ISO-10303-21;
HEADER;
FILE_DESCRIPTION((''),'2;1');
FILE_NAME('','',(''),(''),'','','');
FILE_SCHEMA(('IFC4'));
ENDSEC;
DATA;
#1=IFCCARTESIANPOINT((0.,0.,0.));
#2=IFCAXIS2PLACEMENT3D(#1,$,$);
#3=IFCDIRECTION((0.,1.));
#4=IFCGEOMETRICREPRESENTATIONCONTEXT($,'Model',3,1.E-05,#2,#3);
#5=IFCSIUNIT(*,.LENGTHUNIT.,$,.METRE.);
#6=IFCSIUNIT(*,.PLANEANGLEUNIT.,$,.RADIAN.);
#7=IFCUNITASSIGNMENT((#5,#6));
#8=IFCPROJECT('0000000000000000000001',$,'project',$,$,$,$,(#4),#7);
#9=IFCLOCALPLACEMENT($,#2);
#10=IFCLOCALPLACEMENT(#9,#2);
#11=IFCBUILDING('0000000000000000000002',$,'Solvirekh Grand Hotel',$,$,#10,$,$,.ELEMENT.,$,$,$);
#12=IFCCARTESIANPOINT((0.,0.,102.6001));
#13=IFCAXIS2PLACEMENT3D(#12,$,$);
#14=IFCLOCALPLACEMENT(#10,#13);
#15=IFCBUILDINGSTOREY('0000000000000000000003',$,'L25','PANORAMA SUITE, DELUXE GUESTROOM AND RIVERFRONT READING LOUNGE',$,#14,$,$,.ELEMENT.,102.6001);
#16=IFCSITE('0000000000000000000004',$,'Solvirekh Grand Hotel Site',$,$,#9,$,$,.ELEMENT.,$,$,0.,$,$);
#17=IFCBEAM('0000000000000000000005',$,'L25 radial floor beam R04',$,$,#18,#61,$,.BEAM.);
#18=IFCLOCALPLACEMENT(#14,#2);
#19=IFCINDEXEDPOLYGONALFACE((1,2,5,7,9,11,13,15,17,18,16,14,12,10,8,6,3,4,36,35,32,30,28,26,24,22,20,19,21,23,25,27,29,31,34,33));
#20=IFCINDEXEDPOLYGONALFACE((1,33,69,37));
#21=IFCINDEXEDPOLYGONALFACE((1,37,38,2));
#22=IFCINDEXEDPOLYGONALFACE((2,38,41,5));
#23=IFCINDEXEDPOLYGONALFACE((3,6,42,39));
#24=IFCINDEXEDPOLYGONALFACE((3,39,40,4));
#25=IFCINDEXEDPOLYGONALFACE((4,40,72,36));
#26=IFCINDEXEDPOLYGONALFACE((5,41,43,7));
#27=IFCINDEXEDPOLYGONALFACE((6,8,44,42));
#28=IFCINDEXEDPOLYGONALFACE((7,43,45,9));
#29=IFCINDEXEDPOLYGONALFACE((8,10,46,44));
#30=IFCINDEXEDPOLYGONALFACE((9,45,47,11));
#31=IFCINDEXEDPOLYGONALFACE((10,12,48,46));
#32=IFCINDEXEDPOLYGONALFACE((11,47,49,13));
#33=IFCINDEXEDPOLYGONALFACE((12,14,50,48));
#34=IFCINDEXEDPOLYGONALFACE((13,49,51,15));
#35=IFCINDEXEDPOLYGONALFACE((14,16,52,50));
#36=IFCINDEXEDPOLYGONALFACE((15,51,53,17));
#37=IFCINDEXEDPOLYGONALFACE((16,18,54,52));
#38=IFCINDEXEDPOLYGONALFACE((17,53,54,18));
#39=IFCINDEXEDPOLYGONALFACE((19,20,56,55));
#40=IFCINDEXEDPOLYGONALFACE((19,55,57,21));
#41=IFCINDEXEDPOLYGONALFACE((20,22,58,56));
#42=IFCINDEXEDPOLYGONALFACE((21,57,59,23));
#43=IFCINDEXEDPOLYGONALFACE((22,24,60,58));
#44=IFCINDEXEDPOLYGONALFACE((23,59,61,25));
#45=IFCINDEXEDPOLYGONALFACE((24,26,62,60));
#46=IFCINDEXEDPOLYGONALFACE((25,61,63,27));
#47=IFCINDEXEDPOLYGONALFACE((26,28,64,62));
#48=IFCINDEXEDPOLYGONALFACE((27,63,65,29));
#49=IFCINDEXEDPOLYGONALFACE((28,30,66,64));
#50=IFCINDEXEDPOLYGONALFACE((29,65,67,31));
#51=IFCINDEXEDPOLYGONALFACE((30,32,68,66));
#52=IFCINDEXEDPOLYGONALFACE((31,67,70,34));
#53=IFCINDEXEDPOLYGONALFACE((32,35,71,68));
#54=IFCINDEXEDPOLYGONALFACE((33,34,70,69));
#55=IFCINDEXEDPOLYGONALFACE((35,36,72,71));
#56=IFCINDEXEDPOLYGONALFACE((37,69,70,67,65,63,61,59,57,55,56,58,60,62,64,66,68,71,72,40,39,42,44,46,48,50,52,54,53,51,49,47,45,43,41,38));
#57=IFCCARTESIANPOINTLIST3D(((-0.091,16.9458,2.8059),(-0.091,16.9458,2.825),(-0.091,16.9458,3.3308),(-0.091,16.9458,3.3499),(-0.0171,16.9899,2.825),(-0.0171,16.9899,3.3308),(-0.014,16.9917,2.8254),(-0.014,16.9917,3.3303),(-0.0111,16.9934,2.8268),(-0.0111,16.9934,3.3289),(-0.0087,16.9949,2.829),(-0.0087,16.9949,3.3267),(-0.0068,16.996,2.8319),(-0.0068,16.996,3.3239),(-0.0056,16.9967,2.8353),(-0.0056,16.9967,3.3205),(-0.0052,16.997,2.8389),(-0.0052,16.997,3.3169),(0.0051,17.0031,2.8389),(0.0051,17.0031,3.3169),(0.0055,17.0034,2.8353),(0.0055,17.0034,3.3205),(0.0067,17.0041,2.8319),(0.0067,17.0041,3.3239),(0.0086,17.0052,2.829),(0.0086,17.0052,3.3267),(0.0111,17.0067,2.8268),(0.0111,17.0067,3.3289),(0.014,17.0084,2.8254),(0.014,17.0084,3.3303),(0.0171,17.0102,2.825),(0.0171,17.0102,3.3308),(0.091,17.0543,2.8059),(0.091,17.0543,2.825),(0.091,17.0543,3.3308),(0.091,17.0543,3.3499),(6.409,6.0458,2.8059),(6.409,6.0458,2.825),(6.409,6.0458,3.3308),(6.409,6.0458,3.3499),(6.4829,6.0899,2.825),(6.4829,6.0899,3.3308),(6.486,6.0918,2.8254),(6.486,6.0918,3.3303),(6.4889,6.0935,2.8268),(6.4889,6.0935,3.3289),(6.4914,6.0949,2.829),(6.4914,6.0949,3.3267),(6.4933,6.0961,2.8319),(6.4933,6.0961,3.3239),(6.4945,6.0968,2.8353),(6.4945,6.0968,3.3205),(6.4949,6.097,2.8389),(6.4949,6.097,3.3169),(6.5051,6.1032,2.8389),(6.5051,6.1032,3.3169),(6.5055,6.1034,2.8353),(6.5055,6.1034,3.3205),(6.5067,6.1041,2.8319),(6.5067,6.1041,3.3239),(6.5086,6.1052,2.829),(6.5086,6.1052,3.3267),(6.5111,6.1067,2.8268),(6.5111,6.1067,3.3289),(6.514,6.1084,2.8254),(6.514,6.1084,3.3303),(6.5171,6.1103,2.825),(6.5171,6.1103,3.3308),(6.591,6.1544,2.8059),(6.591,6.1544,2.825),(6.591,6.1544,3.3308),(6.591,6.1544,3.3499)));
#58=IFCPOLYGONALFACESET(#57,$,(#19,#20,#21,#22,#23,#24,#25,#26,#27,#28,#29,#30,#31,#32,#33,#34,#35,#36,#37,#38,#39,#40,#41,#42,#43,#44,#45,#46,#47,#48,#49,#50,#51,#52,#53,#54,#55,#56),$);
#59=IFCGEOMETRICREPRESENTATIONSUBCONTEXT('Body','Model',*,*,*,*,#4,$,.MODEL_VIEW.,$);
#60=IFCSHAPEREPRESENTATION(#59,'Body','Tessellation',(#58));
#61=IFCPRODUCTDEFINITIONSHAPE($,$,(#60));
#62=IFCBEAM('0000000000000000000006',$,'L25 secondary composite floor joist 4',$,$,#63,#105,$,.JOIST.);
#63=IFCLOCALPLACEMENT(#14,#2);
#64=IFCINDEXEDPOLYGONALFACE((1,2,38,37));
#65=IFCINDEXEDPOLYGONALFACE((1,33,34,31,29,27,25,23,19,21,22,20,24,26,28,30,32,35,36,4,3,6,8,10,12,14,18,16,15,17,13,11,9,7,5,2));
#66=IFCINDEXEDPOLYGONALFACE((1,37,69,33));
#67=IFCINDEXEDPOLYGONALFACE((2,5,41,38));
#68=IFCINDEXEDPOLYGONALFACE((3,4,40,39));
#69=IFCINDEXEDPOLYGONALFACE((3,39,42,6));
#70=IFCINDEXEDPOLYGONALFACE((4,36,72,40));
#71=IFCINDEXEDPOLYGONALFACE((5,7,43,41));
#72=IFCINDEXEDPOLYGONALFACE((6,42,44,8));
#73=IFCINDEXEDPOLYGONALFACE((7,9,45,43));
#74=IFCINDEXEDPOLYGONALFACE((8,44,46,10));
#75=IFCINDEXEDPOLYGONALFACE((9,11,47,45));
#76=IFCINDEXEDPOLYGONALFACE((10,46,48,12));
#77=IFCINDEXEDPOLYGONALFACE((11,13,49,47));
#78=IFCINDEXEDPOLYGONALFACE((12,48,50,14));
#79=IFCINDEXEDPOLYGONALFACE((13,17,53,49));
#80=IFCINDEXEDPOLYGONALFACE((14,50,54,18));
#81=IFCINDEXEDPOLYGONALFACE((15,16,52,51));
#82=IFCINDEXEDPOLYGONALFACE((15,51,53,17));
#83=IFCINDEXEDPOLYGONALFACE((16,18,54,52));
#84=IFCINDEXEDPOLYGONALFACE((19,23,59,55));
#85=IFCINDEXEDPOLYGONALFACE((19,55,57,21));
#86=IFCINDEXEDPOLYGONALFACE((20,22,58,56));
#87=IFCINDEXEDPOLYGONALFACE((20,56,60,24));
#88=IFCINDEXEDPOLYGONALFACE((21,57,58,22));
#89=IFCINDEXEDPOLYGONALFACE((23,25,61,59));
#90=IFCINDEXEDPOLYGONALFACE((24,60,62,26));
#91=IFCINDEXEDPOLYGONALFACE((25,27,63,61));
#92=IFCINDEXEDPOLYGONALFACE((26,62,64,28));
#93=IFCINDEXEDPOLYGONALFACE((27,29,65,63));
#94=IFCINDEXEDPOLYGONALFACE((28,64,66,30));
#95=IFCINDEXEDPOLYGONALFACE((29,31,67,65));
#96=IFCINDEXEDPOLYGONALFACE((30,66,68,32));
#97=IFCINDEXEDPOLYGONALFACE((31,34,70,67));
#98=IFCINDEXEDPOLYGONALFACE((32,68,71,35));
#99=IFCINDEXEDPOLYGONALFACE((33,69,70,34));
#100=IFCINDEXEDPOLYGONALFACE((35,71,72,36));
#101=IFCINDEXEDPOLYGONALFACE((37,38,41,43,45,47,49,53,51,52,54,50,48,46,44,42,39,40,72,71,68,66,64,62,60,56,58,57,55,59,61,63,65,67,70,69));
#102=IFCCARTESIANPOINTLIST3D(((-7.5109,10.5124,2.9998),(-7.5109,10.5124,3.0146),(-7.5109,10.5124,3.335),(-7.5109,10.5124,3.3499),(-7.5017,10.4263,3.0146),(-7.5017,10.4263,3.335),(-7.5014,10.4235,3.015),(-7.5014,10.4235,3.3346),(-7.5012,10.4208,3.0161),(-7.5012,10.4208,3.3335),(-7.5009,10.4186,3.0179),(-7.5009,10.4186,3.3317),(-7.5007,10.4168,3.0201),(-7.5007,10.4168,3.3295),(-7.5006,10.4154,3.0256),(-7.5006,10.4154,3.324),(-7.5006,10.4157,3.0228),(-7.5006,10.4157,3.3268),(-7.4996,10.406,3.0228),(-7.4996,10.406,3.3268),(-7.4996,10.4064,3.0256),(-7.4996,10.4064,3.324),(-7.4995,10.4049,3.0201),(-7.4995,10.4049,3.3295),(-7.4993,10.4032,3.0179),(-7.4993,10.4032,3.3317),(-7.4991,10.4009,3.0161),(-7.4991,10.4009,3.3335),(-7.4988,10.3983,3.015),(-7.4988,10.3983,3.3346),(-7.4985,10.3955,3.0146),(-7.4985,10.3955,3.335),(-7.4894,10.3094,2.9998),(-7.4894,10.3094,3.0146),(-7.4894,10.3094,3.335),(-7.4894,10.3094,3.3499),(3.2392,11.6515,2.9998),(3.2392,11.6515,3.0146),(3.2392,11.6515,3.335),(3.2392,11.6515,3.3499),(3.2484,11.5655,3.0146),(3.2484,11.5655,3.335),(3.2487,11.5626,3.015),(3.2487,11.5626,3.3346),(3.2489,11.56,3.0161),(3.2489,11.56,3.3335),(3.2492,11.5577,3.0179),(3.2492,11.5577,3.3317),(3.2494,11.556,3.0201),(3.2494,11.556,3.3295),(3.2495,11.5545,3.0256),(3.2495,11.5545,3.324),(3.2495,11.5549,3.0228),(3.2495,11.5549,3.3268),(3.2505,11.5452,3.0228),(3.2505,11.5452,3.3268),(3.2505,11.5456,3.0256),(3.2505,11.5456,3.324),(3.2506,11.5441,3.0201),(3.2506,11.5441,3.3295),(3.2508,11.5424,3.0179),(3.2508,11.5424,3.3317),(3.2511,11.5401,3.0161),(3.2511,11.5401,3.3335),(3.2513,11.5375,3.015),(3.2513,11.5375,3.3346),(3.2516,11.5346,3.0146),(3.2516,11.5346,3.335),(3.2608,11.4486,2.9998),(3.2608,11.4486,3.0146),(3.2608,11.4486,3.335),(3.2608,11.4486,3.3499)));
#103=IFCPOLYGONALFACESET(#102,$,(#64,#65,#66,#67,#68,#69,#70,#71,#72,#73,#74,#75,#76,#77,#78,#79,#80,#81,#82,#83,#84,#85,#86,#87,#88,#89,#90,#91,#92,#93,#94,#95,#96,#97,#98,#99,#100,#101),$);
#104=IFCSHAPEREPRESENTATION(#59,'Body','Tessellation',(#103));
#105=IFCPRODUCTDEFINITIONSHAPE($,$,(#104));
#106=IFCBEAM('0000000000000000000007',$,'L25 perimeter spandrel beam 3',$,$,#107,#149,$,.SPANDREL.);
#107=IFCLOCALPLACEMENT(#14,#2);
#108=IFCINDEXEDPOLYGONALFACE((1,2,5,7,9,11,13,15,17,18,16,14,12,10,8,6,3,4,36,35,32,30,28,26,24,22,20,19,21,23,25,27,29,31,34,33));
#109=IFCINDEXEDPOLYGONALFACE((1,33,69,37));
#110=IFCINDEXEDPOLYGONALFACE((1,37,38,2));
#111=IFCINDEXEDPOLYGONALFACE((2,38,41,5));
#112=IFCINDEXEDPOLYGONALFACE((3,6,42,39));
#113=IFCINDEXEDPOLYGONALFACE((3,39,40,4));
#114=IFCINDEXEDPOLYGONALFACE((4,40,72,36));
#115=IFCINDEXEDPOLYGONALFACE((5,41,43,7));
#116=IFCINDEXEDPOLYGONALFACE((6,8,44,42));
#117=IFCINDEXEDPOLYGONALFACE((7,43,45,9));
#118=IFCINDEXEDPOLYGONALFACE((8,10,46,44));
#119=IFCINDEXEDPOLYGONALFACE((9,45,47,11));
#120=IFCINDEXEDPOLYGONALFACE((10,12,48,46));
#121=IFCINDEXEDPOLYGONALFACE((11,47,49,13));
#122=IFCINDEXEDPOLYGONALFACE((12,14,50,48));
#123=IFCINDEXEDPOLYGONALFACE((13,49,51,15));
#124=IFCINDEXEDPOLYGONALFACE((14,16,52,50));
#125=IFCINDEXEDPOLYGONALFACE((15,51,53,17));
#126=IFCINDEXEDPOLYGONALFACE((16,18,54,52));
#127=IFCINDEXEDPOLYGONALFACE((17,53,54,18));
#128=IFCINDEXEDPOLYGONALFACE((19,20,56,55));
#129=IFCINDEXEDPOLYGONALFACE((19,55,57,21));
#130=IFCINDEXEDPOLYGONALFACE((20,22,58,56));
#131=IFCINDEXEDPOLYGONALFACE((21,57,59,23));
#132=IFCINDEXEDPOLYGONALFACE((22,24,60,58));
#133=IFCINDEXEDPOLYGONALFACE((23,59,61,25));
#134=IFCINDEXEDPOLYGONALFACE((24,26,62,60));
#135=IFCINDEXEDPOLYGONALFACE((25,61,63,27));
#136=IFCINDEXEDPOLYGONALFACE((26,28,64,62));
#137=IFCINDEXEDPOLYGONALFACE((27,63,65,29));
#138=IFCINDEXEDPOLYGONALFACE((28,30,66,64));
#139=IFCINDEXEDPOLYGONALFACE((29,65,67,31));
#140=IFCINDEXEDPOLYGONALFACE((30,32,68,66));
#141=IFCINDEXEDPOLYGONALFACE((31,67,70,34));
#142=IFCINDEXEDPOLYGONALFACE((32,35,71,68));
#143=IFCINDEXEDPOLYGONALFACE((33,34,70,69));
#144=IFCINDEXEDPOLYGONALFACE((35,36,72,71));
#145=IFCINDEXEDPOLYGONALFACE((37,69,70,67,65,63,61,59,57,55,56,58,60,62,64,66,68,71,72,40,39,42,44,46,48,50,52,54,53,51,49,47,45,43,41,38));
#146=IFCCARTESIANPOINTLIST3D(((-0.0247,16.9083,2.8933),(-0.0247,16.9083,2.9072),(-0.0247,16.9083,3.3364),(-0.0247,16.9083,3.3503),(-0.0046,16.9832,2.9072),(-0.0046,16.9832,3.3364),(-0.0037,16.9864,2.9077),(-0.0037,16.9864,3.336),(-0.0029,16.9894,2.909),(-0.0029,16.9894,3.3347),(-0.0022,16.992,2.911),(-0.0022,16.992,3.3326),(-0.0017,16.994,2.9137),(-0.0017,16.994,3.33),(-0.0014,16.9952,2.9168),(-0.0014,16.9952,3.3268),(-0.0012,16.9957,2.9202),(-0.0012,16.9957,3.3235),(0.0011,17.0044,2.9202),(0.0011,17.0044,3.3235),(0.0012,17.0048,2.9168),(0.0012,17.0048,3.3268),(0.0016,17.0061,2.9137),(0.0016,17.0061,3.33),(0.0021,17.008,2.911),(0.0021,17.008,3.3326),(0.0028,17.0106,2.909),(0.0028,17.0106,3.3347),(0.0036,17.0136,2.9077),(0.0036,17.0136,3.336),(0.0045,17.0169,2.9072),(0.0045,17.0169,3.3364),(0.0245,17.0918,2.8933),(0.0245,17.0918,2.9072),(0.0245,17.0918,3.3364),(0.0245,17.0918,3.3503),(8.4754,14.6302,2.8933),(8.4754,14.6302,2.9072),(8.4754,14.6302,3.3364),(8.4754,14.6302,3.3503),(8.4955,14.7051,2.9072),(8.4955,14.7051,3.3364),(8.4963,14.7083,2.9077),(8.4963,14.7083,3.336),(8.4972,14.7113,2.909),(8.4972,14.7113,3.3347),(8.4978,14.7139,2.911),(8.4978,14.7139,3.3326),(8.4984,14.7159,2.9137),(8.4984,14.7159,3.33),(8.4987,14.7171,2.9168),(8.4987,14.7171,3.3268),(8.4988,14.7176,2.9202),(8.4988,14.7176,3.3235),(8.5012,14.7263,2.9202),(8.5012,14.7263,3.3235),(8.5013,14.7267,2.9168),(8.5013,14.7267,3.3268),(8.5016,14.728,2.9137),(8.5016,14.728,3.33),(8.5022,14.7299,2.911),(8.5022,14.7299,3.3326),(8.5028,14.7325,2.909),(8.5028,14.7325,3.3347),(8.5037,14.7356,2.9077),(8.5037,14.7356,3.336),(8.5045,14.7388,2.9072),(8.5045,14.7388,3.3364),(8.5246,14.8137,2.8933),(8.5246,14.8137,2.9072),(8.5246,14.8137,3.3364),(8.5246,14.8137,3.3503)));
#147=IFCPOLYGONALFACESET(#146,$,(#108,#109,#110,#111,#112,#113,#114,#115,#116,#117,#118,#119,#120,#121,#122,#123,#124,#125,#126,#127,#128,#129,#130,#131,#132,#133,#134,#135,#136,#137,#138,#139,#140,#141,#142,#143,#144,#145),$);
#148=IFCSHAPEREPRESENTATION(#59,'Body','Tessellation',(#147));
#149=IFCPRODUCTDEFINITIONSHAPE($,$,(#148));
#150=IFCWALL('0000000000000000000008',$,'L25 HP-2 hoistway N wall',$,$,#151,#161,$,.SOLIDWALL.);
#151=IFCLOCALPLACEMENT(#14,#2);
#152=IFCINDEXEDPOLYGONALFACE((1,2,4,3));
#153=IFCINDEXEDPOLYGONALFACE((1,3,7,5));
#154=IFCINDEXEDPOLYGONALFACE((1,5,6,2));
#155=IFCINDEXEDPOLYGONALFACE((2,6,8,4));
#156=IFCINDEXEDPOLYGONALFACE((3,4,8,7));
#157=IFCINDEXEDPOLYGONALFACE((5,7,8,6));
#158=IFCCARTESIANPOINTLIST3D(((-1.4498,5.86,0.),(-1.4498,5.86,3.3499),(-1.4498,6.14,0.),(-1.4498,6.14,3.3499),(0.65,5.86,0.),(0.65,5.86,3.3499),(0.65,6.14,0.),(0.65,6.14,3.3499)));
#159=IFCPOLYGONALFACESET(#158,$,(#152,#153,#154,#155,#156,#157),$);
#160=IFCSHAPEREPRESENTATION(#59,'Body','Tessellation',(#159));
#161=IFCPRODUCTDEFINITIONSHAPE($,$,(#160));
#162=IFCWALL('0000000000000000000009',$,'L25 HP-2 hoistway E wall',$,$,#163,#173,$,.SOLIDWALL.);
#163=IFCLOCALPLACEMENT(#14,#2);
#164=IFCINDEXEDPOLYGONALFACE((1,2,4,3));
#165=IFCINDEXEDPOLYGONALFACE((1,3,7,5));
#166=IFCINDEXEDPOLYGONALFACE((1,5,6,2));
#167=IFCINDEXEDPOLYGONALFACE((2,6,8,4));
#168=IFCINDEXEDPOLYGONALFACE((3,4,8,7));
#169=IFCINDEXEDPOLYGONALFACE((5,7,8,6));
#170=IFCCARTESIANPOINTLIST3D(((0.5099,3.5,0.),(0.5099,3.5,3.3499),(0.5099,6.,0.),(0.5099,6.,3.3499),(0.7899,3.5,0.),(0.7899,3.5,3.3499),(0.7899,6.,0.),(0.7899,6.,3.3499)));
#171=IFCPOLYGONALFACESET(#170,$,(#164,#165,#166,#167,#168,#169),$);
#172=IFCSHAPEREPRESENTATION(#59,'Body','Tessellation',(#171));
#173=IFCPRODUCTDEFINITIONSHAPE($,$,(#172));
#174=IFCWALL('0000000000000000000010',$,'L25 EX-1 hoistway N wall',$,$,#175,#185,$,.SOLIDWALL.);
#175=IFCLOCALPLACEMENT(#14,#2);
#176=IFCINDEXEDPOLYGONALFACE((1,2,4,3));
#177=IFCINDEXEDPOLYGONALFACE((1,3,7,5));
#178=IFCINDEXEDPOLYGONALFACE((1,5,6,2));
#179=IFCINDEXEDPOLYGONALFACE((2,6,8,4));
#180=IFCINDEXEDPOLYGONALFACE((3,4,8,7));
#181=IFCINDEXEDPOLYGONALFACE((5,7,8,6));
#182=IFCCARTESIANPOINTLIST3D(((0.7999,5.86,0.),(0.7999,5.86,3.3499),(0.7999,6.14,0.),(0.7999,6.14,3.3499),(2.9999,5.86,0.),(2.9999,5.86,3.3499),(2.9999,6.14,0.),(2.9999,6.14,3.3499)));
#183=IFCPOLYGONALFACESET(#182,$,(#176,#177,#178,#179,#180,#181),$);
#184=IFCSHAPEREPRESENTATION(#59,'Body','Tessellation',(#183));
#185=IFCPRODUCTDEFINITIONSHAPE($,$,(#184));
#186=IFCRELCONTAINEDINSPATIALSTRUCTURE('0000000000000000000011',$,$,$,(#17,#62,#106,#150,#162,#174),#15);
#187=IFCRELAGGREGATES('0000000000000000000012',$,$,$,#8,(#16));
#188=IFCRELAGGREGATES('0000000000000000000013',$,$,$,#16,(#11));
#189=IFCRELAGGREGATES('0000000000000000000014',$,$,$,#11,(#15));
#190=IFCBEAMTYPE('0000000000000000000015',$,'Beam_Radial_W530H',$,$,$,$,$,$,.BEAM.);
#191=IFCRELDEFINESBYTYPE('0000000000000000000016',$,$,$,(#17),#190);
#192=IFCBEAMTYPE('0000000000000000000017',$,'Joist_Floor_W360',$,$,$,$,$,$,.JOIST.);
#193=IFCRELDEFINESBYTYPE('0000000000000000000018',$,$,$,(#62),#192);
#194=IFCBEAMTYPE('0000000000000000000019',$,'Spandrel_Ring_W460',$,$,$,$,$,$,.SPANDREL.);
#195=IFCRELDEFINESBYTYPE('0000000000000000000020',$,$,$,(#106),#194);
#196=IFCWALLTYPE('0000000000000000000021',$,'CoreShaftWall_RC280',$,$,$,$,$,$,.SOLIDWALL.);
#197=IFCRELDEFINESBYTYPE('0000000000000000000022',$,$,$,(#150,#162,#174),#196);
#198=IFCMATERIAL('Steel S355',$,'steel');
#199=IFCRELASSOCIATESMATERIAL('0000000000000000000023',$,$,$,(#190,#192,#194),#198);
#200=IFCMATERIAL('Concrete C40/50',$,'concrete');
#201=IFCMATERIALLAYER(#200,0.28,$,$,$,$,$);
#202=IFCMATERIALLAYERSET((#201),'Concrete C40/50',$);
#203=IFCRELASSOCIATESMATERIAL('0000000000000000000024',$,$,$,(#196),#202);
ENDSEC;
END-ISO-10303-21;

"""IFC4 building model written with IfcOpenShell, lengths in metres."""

from ifc_helpers import new_model, si_unit, direction, frame, frame_2d, origin, origin_2d, place, context, subcontext, project, spatial, rectangle, i_section, extrude, material, layer, layer_set, material_profile, profile_set, type_object, element, save


model = new_model("IFC4")

# Units and contexts
model_context = context("Model", 3, precision=1e-05, world=origin(), true_north=direction((0.0, 1.0)))
body_context = subcontext(model_context, "Body", "Model", "MODEL_VIEW")
ifc_project = project(units=[si_unit("LENGTHUNIT", "METRE"), si_unit("PLANEANGLEUNIT", "RADIAN")], contexts=[model_context])

# Site, building, storey
site_placement = place(None, origin())
site = spatial("IfcSite", under=ifc_project, at=site_placement, Name="Solvirekh Grand Hotel Site", CompositionType="ELEMENT", RefElevation=0.0)
building_placement = place(site_placement, origin())
building = spatial("IfcBuilding", under=site, at=building_placement, Name="Solvirekh Grand Hotel", CompositionType="ELEMENT")
storey_placement = place(building_placement, frame((0.0, 0.0, 102.6001)))
storey = spatial("IfcBuildingStorey", under=building, at=storey_placement, Name="L25", Description="PANORAMA SUITE, DELUXE GUESTROOM AND RIVERFRONT READING LOUNGE", CompositionType="ELEMENT", Elevation=102.6001)

# Beams
ifc_material_1 = material(Name="Steel S355", Category="steel")
ifc_material_profile_1 = material_profile(ifc_material_1, i_section(OverallWidth=0.2119, OverallDepth=0.5439, WebThickness=0.012, FlangeThickness=0.019, FilletRadius=0.0139, at=origin_2d()), Name="W530X123")
ifc_profile_set_1 = profile_set([ifc_material_profile_1], Name="Steel S355")
beam_type_1 = type_object("IfcBeamType", Name="Beam_Radial_W530H", PredefinedType="BEAM", material=ifc_profile_set_1)
beam_1_placement = place(storey_placement, frame((6.5, 6.1001, 3.0779), z_axis=(-0.51218, 0.858878, 0.0), x_axis=(-0.858878, -0.51218, 0.0)))
element("IfcBeam", 1, at=beam_1_placement, inside=storey, type_object=beam_type_1, Name="L25 radial floor beam R04", PredefinedType="BEAM", context=body_context, shape_type="SweptSolid", body=[
    extrude(i_section(OverallWidth=0.2119, OverallDepth=0.5439, WebThickness=0.012, FlangeThickness=0.019, FilletRadius=0.0139, at=origin_2d()), origin(), (0.0, 0.0, 1.0), 12.6909),
])
ifc_material_profile_2 = material_profile(ifc_material_1, i_section(OverallWidth=0.2041, OverallDepth=0.3501, WebThickness=0.009, FlangeThickness=0.0149, FilletRadius=0.011, at=origin_2d()), Name="W360X72")
ifc_profile_set_2 = profile_set([ifc_material_profile_2], Name="Steel S355")
beam_type_2 = type_object("IfcBeamType", Name="Joist_Floor_W360", PredefinedType="JOIST", material=ifc_profile_set_2)
beam_2_placement = place(storey_placement, frame((3.25, 11.55, 3.1748), z_axis=(-0.994432, -0.105378, 0.0), x_axis=(0.105378, -0.994432, 0.0)))
element("IfcBeam", 2, at=beam_2_placement, inside=storey, type_object=beam_type_2, Name="L25 secondary composite floor joist 4", PredefinedType="JOIST", context=body_context, shape_type="SweptSolid", body=[
    extrude(i_section(OverallWidth=0.2041, OverallDepth=0.3501, WebThickness=0.009, FlangeThickness=0.0149, FilletRadius=0.011, at=origin_2d()), origin(), (0.0, 0.0, 1.0), 10.8103),
])
ifc_material_profile_3 = material_profile(ifc_material_1, i_section(OverallWidth=0.1899, OverallDepth=0.457, WebThickness=0.009, FlangeThickness=0.0139, FilletRadius=0.0129, at=origin_2d()), Name="W460X74")
ifc_profile_set_3 = profile_set([ifc_material_profile_3], Name="Steel S355")
beam_type_3 = type_object("IfcBeamType", Name="Spandrel_Ring_W460", PredefinedType="SPANDREL", material=ifc_profile_set_3)
beam_3_placement = place(storey_placement, frame((8.5, 14.7219, 3.1218), z_axis=(-0.965911, 0.258873, 0.0), x_axis=(-0.258873, -0.965911, 0.0)))
element("IfcBeam", 3, at=beam_3_placement, inside=storey, type_object=beam_type_3, Name="L25 perimeter spandrel beam 3", PredefinedType="SPANDREL", context=body_context, shape_type="SweptSolid", body=[
    extrude(i_section(OverallWidth=0.1899, OverallDepth=0.457, WebThickness=0.009, FlangeThickness=0.0139, FilletRadius=0.0129, at=origin_2d()), origin(), (0.0, 0.0, 1.0), 8.8),
])

# Walls
ifc_material_2 = material(Name="Concrete C40/50", Category="concrete")
ifc_layer_1 = layer(ifc_material_2, 0.28)
ifc_layer_set_1 = layer_set([ifc_layer_1], Name="Concrete C40/50")
wall_type_1 = type_object("IfcWallType", Name="CoreShaftWall_RC280", PredefinedType="SOLIDWALL", material=ifc_layer_set_1)
wall_1_placement = place(storey_placement, frame((0.6499, 6.0, 0.0), z_axis=(0.0, 0.0, 1.0), x_axis=(-1.0, 0.0, 0.0)))
element("IfcWall", 4, at=wall_1_placement, inside=storey, type_object=wall_type_1, Name="L25 HP-2 hoistway N wall", PredefinedType="SOLIDWALL", context=body_context, shape_type="SweptSolid", body=[
    extrude(rectangle(XDim=2.0999, YDim=0.28, at=frame_2d((1.0498, 0.0))), origin(), (0.0, 0.0, 1.0), 3.3499),
])
wall_2_placement = place(storey_placement, frame((0.6499, 3.5, 0.0), z_axis=(0.0, 0.0, 1.0), x_axis=(0.0, 1.0, 0.0)))
element("IfcWall", 5, at=wall_2_placement, inside=storey, type_object=wall_type_1, Name="L25 HP-2 hoistway E wall", PredefinedType="SOLIDWALL", context=body_context, shape_type="SweptSolid", body=[
    extrude(rectangle(XDim=2.5, YDim=0.28, at=frame_2d((1.25, 0.0))), origin(), (0.0, 0.0, 1.0), 3.3499),
])
wall_3_placement = place(storey_placement, frame((3.0, 6.0, 0.0), z_axis=(0.0, 0.0, 1.0), x_axis=(-1.0, 0.0, 0.0)))
element("IfcWall", 6, at=wall_3_placement, inside=storey, type_object=wall_type_1, Name="L25 EX-1 hoistway N wall", PredefinedType="SOLIDWALL", context=body_context, shape_type="SweptSolid", body=[
    extrude(rectangle(XDim=2.2, YDim=0.28, at=frame_2d((1.1001, 0.0))), origin(), (0.0, 0.0, 1.0), 3.3499),
])

save(model, "model.ifc")
